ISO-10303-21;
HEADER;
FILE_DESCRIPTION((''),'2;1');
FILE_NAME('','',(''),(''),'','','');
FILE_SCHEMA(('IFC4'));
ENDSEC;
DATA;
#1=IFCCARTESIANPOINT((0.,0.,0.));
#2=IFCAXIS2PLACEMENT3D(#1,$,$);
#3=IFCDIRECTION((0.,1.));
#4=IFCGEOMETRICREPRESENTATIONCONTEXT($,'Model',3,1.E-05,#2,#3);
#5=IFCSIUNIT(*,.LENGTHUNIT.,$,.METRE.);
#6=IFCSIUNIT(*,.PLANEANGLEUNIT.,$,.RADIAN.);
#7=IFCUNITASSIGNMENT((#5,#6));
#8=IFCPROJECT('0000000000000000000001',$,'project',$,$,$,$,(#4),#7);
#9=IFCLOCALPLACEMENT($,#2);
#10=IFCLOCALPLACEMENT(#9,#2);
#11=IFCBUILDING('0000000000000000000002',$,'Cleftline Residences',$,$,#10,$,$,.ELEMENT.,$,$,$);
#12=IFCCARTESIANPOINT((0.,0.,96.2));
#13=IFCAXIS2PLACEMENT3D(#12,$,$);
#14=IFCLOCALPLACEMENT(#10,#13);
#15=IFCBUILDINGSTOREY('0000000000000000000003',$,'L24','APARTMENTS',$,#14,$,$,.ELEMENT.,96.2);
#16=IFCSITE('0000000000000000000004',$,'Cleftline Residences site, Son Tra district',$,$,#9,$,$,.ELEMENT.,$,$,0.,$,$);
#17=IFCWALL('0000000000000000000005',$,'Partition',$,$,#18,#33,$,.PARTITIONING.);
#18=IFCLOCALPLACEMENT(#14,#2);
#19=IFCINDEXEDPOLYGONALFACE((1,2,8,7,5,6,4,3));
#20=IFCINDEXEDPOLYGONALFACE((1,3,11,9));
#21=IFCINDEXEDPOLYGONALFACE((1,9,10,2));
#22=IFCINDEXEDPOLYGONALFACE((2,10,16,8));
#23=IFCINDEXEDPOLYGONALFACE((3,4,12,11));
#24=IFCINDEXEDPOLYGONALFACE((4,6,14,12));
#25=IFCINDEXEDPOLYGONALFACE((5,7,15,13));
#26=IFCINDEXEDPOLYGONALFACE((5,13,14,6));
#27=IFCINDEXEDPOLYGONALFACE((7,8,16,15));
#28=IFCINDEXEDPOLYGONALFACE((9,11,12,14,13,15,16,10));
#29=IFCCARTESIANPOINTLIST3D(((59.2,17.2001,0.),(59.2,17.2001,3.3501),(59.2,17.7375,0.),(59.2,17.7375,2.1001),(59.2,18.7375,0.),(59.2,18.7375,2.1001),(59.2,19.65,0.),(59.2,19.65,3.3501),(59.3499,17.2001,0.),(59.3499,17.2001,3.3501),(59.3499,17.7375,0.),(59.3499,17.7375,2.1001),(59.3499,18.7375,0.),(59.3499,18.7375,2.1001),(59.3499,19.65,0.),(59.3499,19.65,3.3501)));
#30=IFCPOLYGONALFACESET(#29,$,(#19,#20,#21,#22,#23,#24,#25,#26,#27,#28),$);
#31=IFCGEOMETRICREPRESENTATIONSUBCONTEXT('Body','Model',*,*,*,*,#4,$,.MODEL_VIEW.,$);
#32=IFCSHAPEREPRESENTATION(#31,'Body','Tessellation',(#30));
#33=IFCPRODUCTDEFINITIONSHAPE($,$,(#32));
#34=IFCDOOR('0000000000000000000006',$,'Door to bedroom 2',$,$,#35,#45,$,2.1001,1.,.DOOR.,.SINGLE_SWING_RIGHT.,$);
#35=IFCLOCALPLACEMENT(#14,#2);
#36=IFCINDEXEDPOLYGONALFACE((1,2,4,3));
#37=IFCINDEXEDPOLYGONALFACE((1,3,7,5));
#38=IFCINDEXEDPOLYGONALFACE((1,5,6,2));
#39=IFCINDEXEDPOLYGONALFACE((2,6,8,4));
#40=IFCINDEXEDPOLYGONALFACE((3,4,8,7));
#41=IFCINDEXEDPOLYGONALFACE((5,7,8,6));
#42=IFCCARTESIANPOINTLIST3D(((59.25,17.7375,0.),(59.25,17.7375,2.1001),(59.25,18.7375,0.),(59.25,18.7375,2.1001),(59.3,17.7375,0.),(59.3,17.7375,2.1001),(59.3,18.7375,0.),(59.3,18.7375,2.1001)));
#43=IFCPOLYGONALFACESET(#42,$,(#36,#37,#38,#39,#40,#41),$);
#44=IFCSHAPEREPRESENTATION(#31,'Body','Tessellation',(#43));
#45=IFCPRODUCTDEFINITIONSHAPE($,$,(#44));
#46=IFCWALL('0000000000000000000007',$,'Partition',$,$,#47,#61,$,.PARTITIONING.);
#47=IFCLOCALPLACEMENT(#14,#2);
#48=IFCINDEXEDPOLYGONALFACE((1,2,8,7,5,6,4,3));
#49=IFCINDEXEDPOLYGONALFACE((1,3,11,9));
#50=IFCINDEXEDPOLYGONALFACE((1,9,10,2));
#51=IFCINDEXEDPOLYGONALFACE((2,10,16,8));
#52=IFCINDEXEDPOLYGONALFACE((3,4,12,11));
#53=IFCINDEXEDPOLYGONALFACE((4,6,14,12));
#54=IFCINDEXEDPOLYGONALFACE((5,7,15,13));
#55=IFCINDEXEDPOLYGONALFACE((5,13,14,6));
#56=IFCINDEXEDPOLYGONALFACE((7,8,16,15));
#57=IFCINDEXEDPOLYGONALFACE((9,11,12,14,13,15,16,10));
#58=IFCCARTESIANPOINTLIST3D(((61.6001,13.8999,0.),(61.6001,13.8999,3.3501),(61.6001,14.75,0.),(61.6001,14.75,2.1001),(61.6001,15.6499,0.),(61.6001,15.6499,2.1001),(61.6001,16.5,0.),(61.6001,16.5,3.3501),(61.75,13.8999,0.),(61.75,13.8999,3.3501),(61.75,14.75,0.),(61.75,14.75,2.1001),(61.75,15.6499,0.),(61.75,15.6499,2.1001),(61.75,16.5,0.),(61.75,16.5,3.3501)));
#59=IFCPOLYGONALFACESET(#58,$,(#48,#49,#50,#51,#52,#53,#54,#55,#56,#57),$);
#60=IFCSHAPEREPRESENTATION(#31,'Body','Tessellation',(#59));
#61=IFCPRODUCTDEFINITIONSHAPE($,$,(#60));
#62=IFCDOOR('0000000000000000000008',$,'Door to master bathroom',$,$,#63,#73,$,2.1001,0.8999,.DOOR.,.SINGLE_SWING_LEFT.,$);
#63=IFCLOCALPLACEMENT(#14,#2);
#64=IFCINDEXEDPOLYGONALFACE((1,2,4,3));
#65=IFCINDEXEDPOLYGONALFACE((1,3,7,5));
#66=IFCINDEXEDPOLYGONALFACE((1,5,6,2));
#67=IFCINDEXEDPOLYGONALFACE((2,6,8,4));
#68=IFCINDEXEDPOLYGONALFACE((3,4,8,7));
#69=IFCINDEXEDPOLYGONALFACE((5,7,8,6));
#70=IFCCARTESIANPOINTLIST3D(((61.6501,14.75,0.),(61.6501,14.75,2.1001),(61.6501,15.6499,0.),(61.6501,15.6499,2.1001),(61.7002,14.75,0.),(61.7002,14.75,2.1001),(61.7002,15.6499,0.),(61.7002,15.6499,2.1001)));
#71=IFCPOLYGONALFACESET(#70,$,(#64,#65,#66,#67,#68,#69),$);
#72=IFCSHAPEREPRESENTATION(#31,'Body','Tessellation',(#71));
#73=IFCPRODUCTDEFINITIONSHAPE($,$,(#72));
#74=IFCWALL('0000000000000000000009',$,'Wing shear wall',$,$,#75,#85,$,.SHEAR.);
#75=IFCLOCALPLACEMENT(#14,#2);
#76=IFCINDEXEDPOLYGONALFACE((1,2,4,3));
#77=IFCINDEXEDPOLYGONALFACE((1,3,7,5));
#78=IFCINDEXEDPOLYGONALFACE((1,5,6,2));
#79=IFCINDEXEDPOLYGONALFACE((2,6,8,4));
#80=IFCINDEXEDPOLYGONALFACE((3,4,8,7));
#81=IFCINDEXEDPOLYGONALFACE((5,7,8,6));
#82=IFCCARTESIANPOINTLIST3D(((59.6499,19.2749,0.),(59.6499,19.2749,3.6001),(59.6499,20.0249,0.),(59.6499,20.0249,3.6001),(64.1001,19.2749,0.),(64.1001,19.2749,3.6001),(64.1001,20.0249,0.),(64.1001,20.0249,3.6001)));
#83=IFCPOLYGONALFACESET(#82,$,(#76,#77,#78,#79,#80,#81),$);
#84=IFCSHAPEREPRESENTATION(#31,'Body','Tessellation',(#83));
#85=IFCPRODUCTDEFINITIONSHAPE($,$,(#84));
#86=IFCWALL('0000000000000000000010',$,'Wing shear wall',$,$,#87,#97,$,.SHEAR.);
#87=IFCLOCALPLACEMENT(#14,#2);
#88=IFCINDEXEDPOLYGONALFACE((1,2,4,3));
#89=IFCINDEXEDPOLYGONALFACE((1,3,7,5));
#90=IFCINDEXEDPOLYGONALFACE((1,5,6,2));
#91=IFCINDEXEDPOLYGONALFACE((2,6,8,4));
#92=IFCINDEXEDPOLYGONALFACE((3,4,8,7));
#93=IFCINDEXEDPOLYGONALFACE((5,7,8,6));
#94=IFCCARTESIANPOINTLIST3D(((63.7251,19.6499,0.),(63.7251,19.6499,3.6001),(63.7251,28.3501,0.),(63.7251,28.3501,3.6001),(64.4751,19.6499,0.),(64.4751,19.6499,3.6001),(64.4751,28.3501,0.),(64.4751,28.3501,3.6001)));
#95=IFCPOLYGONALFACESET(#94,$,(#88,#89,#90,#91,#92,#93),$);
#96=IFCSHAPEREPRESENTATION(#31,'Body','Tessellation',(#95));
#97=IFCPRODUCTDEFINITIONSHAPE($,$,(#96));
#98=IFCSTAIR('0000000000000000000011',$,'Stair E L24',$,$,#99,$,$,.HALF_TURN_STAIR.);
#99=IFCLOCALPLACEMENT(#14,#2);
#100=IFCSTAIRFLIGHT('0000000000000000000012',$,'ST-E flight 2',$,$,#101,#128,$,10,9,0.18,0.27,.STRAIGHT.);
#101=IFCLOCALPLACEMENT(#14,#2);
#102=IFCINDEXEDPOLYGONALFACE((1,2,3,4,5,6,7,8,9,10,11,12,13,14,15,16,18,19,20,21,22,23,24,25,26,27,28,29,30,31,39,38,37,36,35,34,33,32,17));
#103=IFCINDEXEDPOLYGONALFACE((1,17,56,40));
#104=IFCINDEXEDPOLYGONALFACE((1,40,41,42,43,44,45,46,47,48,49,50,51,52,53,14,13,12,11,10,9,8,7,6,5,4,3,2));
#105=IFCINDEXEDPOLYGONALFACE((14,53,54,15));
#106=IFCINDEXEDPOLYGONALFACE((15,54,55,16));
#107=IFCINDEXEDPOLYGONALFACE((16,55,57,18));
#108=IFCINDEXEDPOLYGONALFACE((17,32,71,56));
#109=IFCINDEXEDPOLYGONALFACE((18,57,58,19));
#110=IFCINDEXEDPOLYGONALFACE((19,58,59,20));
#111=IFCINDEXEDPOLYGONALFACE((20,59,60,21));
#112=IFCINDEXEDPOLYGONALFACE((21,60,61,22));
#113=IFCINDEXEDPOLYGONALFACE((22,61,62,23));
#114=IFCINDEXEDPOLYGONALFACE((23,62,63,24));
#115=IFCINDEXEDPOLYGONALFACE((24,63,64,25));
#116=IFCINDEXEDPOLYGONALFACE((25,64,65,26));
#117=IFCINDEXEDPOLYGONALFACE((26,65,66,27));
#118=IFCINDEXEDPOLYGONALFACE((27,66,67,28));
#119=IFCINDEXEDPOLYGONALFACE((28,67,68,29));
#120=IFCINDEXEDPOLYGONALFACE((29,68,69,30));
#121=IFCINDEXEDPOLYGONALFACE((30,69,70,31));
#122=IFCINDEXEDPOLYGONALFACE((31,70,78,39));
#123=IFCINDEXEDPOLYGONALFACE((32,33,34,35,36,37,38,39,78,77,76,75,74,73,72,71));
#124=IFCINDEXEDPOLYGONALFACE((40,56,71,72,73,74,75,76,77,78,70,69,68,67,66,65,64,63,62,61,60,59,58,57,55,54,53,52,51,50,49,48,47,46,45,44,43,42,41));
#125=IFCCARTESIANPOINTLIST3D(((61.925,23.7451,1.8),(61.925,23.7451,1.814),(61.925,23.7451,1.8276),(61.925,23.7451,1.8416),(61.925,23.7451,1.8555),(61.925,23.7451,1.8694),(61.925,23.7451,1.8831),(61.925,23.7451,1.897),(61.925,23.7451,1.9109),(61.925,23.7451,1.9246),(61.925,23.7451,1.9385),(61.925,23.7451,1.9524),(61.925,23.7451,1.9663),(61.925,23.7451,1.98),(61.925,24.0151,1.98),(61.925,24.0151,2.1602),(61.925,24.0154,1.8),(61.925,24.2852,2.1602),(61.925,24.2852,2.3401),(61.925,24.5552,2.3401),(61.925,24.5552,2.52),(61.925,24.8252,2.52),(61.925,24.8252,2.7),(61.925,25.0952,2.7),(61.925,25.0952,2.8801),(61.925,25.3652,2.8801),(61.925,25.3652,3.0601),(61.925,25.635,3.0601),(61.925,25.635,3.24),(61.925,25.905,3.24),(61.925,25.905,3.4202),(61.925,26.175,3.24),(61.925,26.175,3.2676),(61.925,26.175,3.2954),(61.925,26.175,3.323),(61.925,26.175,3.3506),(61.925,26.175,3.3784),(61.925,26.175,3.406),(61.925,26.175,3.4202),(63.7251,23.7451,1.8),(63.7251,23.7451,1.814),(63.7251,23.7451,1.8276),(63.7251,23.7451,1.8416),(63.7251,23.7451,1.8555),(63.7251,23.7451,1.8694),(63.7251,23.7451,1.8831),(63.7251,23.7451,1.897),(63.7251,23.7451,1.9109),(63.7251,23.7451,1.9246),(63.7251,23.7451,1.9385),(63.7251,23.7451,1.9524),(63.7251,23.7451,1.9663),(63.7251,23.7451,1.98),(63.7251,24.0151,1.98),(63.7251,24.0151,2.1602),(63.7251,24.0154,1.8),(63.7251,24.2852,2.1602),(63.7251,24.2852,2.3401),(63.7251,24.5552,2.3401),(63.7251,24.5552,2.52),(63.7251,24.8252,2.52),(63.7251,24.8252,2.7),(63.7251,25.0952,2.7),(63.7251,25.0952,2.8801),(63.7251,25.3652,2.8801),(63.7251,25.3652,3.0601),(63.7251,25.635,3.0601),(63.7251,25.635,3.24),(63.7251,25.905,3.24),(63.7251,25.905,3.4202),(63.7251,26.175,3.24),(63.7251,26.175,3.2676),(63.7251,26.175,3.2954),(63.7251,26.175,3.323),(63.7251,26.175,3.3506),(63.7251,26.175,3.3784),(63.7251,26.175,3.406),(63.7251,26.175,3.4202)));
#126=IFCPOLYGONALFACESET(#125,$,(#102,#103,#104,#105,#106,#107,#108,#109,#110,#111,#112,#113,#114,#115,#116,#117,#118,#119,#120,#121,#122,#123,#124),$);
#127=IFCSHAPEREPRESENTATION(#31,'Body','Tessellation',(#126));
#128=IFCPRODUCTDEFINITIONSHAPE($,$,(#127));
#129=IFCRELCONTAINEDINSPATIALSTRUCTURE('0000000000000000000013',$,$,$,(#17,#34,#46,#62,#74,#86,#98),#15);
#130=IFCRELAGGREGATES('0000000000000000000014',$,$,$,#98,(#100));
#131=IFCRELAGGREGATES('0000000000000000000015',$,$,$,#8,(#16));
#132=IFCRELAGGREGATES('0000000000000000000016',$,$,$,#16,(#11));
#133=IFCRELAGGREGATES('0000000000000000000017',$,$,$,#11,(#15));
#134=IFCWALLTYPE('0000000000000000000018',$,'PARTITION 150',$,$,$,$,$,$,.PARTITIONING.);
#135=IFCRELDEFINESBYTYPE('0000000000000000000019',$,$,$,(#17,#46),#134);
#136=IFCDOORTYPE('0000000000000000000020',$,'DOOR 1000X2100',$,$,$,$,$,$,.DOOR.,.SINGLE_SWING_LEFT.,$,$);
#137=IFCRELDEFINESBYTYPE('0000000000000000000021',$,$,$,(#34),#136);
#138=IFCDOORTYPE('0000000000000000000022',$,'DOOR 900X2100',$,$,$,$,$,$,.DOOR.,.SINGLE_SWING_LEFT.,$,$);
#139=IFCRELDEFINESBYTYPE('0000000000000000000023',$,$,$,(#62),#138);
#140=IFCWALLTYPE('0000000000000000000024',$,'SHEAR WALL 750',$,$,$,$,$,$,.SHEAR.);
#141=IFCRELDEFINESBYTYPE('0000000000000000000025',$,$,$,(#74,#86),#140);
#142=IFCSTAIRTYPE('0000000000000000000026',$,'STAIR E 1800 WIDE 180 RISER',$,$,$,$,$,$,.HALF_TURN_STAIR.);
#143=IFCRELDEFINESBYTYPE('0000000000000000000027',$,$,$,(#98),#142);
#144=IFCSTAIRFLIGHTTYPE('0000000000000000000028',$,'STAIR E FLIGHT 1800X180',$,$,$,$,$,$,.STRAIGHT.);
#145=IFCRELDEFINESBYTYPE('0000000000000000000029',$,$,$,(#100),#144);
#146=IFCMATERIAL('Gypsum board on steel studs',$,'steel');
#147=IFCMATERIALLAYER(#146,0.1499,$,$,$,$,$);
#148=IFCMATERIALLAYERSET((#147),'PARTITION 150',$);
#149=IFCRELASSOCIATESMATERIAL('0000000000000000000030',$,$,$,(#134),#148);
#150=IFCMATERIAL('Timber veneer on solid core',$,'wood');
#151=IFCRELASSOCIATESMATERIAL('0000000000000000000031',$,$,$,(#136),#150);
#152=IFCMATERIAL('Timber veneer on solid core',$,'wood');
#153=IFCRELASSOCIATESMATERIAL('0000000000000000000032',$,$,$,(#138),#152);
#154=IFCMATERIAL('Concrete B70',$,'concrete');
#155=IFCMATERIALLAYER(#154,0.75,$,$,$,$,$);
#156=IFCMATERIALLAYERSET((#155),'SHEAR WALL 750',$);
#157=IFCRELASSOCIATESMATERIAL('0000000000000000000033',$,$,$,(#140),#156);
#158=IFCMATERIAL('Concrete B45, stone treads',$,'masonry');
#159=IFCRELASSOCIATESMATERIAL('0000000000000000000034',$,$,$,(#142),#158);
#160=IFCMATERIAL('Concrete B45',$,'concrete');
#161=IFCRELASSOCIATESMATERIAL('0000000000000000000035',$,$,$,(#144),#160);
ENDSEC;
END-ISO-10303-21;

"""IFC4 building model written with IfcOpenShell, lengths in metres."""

from ifc_helpers import new_model, si_unit, direction, frame, frame_2d, origin, place, context, subcontext, project, spatial, polyline, rectangle, outline, extrude, material, layer, layer_set, type_object, element, fill, aggregate, save


model = new_model("IFC4")

# Units and contexts
model_context = context("Model", 3, precision=1e-05, world=origin(), true_north=direction((0.0, 1.0)))
body_context = subcontext(model_context, "Body", "Model", "MODEL_VIEW")
ifc_project = project(units=[si_unit("LENGTHUNIT", "METRE"), si_unit("PLANEANGLEUNIT", "RADIAN")], contexts=[model_context])

# Site, building, storey
site_placement = place(None, origin())
site = spatial("IfcSite", under=ifc_project, at=site_placement, Name="Cleftline Residences site, Son Tra district", CompositionType="ELEMENT", RefElevation=0.0)
building_placement = place(site_placement, origin())
building = spatial("IfcBuilding", under=site, at=building_placement, Name="Cleftline Residences", CompositionType="ELEMENT")
storey_placement = place(building_placement, frame((0.0, 0.0, 96.2)))
storey = spatial("IfcBuildingStorey", under=building, at=storey_placement, Name="L24", Description="APARTMENTS", CompositionType="ELEMENT", Elevation=96.2)

# Shared definitions
ifc_material_1 = material(Name="Gypsum board on steel studs", Category="steel")
ifc_layer_1 = layer(ifc_material_1, 0.1499)
ifc_layer_set_1 = layer_set([ifc_layer_1], Name="PARTITION 150")
wall_type_1 = type_object("IfcWallType", Name="PARTITION 150", PredefinedType="PARTITIONING", material=ifc_layer_set_1)

# Walls, openings, doors
wall_1_placement = place(storey_placement, frame((59.2749, 17.2, 0.0), z_axis=(0.0, 0.0, 1.0), x_axis=(0.0, 1.0, 0.0)))
wall_1 = element("IfcWall", 1, at=wall_1_placement, inside=storey, type_object=wall_type_1, Name="Partition", PredefinedType="PARTITIONING", context=body_context, shape_type="SweptSolid", body=[
    extrude(rectangle(XDim=2.45, YDim=0.1499, at=frame_2d((1.2251, 0.0))), origin(), (0.0, 0.0, 1.0), 3.3501),
])
opening_1_placement = place(wall_1_placement, frame((0.5376, 0.0, 0.0)))
opening_1 = element("IfcOpeningElement", 2, at=opening_1_placement, cuts=wall_1, PredefinedType="OPENING", context=body_context, shape_type="SweptSolid", body=[
    extrude(rectangle(XDim=1.0, YDim=2.1001, at=frame_2d((0.5, 1.05))), frame((0.0, 0.085, 0.0), z_axis=(0.0, -1.0, 0.0), x_axis=(1.0, 0.0, 0.0)), (0.0, 0.0, 1.0), 0.1699),
])
ifc_material_2 = material(Name="Timber veneer on solid core", Category="wood")
door_type_1 = type_object("IfcDoorType", Name="DOOR 1000X2100", OperationType="SINGLE_SWING_LEFT", PredefinedType="DOOR", material=ifc_material_2)
door_1_placement = place(opening_1_placement, origin())
door_1 = element("IfcDoor", 3, at=door_1_placement, inside=storey, type_object=door_type_1, Name="Door to bedroom 2", OperationType="SINGLE_SWING_RIGHT", OverallHeight=2.1001, OverallWidth=1.0, PredefinedType="DOOR", context=body_context, shape_type="SweptSolid", body=[
    extrude(rectangle(XDim=1.0, YDim=2.1001, at=frame_2d((0.5, 1.05))), frame((0.0, 0.0249, 0.0), z_axis=(0.0, -1.0, 0.0), x_axis=(1.0, 0.0, 0.0)), (0.0, 0.0, 1.0), 0.05),
])
fill(opening_1, door_1)
wall_2_placement = place(storey_placement, frame((61.675, 13.8999, 0.0), z_axis=(0.0, 0.0, 1.0), x_axis=(0.0, 1.0, 0.0)))
wall_2 = element("IfcWall", 4, at=wall_2_placement, inside=storey, type_object=wall_type_1, Name="Partition", PredefinedType="PARTITIONING", context=body_context, shape_type="SweptSolid", body=[
    extrude(rectangle(XDim=2.6001, YDim=0.1499, at=frame_2d((1.3, 0.0))), origin(), (0.0, 0.0, 1.0), 3.3501),
])
opening_2_placement = place(wall_2_placement, frame((0.8501, 0.0, 0.0)))
opening_2 = element("IfcOpeningElement", 5, at=opening_2_placement, cuts=wall_2, PredefinedType="OPENING", context=body_context, shape_type="SweptSolid", body=[
    extrude(rectangle(XDim=0.8999, YDim=2.1001, at=frame_2d((0.45, 1.05))), frame((0.0, 0.085, 0.0), z_axis=(0.0, -1.0, 0.0), x_axis=(1.0, 0.0, 0.0)), (0.0, 0.0, 1.0), 0.1699),
])
ifc_material_3 = material(Name="Timber veneer on solid core", Category="wood")
door_type_2 = type_object("IfcDoorType", Name="DOOR 900X2100", OperationType="SINGLE_SWING_LEFT", PredefinedType="DOOR", material=ifc_material_3)
door_2_placement = place(opening_2_placement, origin())
door_2 = element("IfcDoor", 6, at=door_2_placement, inside=storey, type_object=door_type_2, Name="Door to master bathroom", OperationType="SINGLE_SWING_LEFT", OverallHeight=2.1001, OverallWidth=0.8999, PredefinedType="DOOR", context=body_context, shape_type="SweptSolid", body=[
    extrude(rectangle(XDim=0.8999, YDim=2.1001, at=frame_2d((0.45, 1.05))), frame((0.0, 0.0249, 0.0), z_axis=(0.0, -1.0, 0.0), x_axis=(1.0, 0.0, 0.0)), (0.0, 0.0, 1.0), 0.05),
])
fill(opening_2, door_2)

# Walls
ifc_material_4 = material(Name="Concrete B70", Category="concrete")
ifc_layer_2 = layer(ifc_material_4, 0.75)
ifc_layer_set_2 = layer_set([ifc_layer_2], Name="SHEAR WALL 750")
wall_type_2 = type_object("IfcWallType", Name="SHEAR WALL 750", PredefinedType="SHEAR", material=ifc_layer_set_2)
wall_3_placement = place(storey_placement, frame((59.6499, 19.6499, 0.0), z_axis=(0.0, 0.0, 1.0), x_axis=(1.0, 0.0, 0.0)))
element("IfcWall", 7, at=wall_3_placement, inside=storey, type_object=wall_type_2, Name="Wing shear wall", PredefinedType="SHEAR", context=body_context, shape_type="SweptSolid", body=[
    extrude(rectangle(XDim=4.4502, YDim=0.75, at=frame_2d((2.2251, 0.0))), origin(), (0.0, 0.0, 1.0), 3.6001),
])
wall_4_placement = place(storey_placement, frame((64.1001, 19.6499, 0.0), z_axis=(0.0, 0.0, 1.0), x_axis=(0.0, 1.0, 0.0)))
element("IfcWall", 8, at=wall_4_placement, inside=storey, type_object=wall_type_2, Name="Wing shear wall", PredefinedType="SHEAR", context=body_context, shape_type="SweptSolid", body=[
    extrude(rectangle(XDim=8.7002, YDim=0.75, at=frame_2d((4.3501, 0.0))), origin(), (0.0, 0.0, 1.0), 3.6001),
])

# Stair, stair flight
ifc_material_5 = material(Name="Concrete B45, stone treads", Category="masonry")
stair_type = type_object("IfcStairType", Name="STAIR E 1800 WIDE 180 RISER", PredefinedType="HALF_TURN_STAIR", material=ifc_material_5)
stair_placement = place(storey_placement, origin())
stair = element("IfcStair", 9, at=stair_placement, inside=storey, type_object=stair_type, Name="Stair E L24", PredefinedType="HALF_TURN_STAIR")
ifc_material_6 = material(Name="Concrete B45", Category="concrete")
stair_flight_type = type_object("IfcStairFlightType", Name="STAIR E FLIGHT 1800X180", PredefinedType="STRAIGHT", material=ifc_material_6)
stair_flight_placement = place(storey_placement, frame((62.825, 23.7451, 1.8), z_axis=(0.0, 0.0, 1.0), x_axis=(0.0, 1.0, 0.0)))
stair_flight = element("IfcStairFlight", 10, at=stair_flight_placement, type_object=stair_flight_type, Name="ST-E flight 2", NumberOfRisers=10, NumberOfTreads=9, PredefinedType="STRAIGHT", RiserHeight=0.18, TreadLength=0.27, context=body_context, shape_type="SweptSolid", body=[
    extrude(outline(polyline([(0.0, 0.0), (0.0, 0.0139), (0.0, 0.0276), (0.0, 0.0415), (0.0, 0.0554), (0.0, 0.0693), (0.0, 0.083), (0.0, 0.0969), (0.0, 0.1108), (0.0, 0.1245), (0.0, 0.1384), (0.0, 0.1523), (0.0, 0.1663), (0.0, 0.1799), (0.27, 0.1799), (0.27, 0.3601), (0.54, 0.3601), (0.54, 0.54), (0.8101, 0.54), (0.8101, 0.72), (1.0801, 0.72), (1.0801, 0.8999), (1.3501, 0.8999), (1.3501, 1.0801), (1.6201, 1.0801), (1.6201, 1.26), (1.8899, 1.26), (1.8899, 1.4399), (2.1599, 1.4399), (2.1599, 1.6201), (2.4299, 1.6201), (2.4299, 1.8), (2.4299, 1.7722), (2.4299, 1.7446), (2.4299, 1.7168), (2.4299, 1.6892), (2.4299, 1.6614), (2.4299, 1.6338), (2.4299, 1.606), (2.4299, 1.5784), (2.4299, 1.5505), (2.4299, 1.5229), (2.4299, 1.4954), (2.4299, 1.4675), (2.4299, 1.4399), (0.2703, 0.0), (0.0, 0.0)])), frame((0.0, 0.8999, 0.0), z_axis=(0.0, -1.0, 0.0), x_axis=(1.0, 0.0, 0.0)), (0.0, 0.0, 1.0), 1.8),
])
aggregate(stair, [stair_flight])

save(model, "model.ifc")
